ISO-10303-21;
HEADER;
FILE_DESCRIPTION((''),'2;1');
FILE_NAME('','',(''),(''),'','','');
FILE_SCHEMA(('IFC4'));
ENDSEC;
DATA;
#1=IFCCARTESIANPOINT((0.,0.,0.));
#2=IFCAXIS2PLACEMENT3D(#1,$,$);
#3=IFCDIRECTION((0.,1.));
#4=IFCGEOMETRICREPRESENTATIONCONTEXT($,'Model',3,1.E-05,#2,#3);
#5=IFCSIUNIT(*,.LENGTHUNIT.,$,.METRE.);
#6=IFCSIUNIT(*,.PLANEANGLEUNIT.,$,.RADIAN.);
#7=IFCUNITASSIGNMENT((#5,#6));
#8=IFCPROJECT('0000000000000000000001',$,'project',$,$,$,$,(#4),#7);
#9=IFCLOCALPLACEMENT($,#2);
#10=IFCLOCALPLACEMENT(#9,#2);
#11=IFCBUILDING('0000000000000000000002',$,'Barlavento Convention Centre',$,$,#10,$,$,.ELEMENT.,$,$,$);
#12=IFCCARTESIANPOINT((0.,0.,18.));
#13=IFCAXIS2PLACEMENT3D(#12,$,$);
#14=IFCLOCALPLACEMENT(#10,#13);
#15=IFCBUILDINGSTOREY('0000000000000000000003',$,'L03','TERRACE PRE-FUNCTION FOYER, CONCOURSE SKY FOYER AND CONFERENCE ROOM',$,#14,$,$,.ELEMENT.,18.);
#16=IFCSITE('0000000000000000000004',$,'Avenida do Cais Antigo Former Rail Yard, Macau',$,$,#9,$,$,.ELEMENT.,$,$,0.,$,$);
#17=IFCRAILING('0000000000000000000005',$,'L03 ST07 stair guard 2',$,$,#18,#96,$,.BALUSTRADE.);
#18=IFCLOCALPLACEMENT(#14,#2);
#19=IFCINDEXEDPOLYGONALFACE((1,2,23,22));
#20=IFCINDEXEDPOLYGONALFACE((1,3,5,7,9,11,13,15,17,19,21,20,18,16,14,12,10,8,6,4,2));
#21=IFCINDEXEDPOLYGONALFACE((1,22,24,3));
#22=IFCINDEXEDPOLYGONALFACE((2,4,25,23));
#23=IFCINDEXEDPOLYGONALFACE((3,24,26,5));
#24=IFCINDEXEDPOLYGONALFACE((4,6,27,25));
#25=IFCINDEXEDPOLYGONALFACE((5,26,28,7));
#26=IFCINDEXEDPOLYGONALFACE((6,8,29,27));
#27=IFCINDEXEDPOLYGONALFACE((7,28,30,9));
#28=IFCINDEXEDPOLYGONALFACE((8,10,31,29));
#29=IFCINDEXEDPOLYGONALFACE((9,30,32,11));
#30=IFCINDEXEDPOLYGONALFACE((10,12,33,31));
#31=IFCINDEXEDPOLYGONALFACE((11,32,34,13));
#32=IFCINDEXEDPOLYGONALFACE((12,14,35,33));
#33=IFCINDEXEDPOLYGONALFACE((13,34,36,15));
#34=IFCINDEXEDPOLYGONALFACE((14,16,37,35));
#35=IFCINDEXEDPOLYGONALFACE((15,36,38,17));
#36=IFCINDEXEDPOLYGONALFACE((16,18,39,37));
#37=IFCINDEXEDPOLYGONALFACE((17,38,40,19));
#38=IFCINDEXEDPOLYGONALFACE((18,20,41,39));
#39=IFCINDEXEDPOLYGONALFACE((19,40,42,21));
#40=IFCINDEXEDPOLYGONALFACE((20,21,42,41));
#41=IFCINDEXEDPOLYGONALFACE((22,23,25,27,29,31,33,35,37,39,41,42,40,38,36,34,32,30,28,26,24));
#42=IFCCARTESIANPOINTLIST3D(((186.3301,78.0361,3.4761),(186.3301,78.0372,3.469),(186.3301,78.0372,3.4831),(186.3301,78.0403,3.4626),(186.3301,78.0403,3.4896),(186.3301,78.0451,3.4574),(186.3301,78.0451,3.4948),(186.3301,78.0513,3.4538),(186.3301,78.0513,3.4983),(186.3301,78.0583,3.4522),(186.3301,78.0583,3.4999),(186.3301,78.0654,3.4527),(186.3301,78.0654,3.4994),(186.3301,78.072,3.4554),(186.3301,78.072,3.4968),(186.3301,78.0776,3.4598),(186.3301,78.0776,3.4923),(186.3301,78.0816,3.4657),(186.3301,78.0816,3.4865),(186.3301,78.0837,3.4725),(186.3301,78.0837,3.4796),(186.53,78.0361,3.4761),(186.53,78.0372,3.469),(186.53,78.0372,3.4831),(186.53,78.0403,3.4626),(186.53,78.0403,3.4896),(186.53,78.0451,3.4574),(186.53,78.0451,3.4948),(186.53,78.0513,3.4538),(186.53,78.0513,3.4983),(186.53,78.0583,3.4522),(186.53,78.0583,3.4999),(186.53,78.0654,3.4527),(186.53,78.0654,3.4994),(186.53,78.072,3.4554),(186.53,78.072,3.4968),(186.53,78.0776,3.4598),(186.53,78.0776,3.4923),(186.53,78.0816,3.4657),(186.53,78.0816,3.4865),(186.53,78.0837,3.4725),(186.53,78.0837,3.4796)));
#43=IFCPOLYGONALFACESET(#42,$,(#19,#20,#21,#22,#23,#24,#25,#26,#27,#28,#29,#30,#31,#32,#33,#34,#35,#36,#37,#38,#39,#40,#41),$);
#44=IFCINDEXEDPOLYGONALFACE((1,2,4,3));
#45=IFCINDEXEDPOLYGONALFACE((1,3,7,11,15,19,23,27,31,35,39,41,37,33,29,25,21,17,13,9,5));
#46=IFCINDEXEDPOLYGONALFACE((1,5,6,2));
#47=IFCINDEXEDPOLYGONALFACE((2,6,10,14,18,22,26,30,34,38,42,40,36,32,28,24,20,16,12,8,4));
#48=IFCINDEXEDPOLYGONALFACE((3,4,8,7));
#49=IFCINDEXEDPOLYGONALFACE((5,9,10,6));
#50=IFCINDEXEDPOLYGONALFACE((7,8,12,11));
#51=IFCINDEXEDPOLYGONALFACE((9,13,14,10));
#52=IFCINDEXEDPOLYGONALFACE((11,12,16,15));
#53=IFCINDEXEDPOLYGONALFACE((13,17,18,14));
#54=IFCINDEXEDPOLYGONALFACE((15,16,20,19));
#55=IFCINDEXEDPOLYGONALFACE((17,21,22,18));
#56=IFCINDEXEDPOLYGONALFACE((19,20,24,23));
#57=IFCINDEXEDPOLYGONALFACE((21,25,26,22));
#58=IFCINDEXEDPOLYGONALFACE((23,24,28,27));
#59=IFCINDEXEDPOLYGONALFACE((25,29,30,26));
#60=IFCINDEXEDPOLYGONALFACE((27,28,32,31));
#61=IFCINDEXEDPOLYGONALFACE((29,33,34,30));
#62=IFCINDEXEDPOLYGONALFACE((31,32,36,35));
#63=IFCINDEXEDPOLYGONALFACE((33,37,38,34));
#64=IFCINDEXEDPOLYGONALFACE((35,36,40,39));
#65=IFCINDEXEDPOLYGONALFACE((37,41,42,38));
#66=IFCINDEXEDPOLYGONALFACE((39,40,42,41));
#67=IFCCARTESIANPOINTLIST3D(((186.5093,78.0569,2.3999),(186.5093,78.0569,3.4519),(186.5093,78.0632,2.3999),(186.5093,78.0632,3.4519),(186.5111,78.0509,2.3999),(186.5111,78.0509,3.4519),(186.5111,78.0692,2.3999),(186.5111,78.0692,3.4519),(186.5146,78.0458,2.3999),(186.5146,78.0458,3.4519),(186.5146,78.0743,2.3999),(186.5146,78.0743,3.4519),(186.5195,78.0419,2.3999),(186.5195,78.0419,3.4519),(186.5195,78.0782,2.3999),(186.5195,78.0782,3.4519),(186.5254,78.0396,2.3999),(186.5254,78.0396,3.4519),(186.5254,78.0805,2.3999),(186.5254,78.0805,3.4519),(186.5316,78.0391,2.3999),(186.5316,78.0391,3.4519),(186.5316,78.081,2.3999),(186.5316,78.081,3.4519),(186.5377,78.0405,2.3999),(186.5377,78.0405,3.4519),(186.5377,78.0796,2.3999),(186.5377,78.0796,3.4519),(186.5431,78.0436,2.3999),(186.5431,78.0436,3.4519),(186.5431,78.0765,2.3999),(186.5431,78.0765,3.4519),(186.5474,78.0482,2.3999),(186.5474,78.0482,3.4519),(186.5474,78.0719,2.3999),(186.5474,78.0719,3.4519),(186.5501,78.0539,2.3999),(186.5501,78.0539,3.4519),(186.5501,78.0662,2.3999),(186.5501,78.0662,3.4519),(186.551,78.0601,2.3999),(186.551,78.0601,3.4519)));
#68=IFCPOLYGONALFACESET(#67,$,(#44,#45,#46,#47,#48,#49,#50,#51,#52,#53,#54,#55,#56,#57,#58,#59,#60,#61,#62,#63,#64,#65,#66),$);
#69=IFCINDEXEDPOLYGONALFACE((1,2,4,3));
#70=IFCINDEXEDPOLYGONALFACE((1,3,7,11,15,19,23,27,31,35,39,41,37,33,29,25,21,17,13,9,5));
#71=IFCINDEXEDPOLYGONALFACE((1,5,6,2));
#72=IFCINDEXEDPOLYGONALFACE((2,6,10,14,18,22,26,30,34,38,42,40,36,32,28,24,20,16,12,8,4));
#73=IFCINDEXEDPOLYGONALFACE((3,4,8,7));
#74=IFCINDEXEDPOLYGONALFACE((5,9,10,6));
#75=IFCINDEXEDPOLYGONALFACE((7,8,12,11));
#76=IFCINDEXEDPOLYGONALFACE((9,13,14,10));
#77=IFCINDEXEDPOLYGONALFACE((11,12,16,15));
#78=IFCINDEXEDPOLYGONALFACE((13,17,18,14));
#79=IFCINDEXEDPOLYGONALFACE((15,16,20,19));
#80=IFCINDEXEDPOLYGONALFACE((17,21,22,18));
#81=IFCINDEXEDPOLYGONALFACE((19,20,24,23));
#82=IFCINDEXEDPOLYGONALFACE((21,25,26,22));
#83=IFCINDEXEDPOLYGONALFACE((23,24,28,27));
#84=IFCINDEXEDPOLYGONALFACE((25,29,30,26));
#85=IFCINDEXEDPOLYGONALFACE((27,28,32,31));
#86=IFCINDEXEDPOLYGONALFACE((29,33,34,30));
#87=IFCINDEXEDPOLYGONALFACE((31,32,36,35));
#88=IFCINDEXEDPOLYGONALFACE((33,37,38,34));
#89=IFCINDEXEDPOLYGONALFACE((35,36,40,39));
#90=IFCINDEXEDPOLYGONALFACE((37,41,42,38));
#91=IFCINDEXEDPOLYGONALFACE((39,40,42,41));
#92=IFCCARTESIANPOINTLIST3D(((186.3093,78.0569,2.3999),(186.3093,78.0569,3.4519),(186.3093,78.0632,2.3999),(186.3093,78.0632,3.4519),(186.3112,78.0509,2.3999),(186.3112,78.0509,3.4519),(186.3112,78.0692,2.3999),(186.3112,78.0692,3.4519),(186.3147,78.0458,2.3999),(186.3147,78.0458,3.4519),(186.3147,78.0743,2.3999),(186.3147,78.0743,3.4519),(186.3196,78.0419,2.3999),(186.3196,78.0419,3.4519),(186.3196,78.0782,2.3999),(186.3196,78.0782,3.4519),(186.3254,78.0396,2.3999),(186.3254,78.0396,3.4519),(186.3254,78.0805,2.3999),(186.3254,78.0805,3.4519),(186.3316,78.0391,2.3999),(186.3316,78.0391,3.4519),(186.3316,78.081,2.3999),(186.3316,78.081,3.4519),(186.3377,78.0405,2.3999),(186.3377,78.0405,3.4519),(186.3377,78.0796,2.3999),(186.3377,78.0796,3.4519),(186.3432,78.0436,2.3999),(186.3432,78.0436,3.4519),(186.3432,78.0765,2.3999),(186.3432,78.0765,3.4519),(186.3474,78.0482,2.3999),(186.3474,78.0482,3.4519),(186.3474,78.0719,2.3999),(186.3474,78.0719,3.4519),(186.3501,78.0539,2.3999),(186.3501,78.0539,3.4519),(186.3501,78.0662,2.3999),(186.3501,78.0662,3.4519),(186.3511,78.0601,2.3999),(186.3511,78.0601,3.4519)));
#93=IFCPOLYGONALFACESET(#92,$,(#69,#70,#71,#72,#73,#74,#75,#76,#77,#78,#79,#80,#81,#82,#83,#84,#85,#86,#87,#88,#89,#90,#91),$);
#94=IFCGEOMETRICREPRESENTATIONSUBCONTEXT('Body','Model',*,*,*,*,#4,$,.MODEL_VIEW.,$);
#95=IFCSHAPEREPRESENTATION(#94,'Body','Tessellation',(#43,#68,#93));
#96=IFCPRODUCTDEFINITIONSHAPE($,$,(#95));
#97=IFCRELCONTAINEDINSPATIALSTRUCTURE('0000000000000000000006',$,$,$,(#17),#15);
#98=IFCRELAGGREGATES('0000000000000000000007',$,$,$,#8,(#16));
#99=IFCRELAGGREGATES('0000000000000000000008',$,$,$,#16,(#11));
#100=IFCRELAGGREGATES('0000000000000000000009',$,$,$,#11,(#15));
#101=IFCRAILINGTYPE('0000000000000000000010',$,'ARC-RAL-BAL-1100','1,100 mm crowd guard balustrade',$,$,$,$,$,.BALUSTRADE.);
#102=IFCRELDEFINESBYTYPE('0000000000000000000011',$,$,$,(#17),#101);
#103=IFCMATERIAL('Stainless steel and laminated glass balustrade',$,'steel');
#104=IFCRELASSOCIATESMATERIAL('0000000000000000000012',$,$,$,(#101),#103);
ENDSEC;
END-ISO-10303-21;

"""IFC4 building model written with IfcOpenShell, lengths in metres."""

from ifc_helpers import new_model, si_unit, direction, frame, origin, origin_2d, place, context, subcontext, project, spatial, circle, extrude, material, type_object, element, save


model = new_model("IFC4")

# Units and contexts
model_context = context("Model", 3, precision=1e-05, world=origin(), true_north=direction((0.0, 1.0)))
body_context = subcontext(model_context, "Body", "Model", "MODEL_VIEW")
ifc_project = project(units=[si_unit("LENGTHUNIT", "METRE"), si_unit("PLANEANGLEUNIT", "RADIAN")], contexts=[model_context])

# Site, building, storey
site_placement = place(None, origin())
site = spatial("IfcSite", under=ifc_project, at=site_placement, Name="Avenida do Cais Antigo Former Rail Yard, Macau", CompositionType="ELEMENT", RefElevation=0.0)
building_placement = place(site_placement, origin())
building = spatial("IfcBuilding", under=site, at=building_placement, Name="Barlavento Convention Centre", CompositionType="ELEMENT")
storey_placement = place(building_placement, frame((0.0, 0.0, 18.0)))
storey = spatial("IfcBuildingStorey", under=building, at=storey_placement, Name="L03", Description="TERRACE PRE-FUNCTION FOYER, CONCOURSE SKY FOYER AND CONFERENCE ROOM", CompositionType="ELEMENT", Elevation=18.0)

# Railing
ifc_material_1 = material(Name="Stainless steel and laminated glass balustrade", Category="steel")
railing_type_1 = type_object("IfcRailingType", Name="ARC-RAL-BAL-1100", Description="1,100 mm crowd guard balustrade", PredefinedType="BALUSTRADE", material=ifc_material_1)
railing_1_placement = place(storey_placement, frame((186.53, 78.0601, 2.3999)))
element("IfcRailing", 1, at=railing_1_placement, inside=storey, type_object=railing_type_1, Name="L03 ST07 stair guard 2", PredefinedType="BALUSTRADE", context=body_context, shape_type="SweptSolid", body=[
    extrude(circle(Radius=0.0239, at=origin_2d()), frame((0.0, 0.0, 1.0762), z_axis=(-1.0, 0.0, 0.0), x_axis=(0.0, -1.0, 0.0)), (0.0, 0.0, 1.0), 0.2),
    extrude(circle(Radius=0.021, at=origin_2d()), origin(), (0.0, 0.0, 1.0), 1.052),
    extrude(circle(Radius=0.021, at=origin_2d()), frame((-0.2, 0.0, 0.0)), (0.0, 0.0, 1.0), 1.052),
])

save(model, "model.ifc")
